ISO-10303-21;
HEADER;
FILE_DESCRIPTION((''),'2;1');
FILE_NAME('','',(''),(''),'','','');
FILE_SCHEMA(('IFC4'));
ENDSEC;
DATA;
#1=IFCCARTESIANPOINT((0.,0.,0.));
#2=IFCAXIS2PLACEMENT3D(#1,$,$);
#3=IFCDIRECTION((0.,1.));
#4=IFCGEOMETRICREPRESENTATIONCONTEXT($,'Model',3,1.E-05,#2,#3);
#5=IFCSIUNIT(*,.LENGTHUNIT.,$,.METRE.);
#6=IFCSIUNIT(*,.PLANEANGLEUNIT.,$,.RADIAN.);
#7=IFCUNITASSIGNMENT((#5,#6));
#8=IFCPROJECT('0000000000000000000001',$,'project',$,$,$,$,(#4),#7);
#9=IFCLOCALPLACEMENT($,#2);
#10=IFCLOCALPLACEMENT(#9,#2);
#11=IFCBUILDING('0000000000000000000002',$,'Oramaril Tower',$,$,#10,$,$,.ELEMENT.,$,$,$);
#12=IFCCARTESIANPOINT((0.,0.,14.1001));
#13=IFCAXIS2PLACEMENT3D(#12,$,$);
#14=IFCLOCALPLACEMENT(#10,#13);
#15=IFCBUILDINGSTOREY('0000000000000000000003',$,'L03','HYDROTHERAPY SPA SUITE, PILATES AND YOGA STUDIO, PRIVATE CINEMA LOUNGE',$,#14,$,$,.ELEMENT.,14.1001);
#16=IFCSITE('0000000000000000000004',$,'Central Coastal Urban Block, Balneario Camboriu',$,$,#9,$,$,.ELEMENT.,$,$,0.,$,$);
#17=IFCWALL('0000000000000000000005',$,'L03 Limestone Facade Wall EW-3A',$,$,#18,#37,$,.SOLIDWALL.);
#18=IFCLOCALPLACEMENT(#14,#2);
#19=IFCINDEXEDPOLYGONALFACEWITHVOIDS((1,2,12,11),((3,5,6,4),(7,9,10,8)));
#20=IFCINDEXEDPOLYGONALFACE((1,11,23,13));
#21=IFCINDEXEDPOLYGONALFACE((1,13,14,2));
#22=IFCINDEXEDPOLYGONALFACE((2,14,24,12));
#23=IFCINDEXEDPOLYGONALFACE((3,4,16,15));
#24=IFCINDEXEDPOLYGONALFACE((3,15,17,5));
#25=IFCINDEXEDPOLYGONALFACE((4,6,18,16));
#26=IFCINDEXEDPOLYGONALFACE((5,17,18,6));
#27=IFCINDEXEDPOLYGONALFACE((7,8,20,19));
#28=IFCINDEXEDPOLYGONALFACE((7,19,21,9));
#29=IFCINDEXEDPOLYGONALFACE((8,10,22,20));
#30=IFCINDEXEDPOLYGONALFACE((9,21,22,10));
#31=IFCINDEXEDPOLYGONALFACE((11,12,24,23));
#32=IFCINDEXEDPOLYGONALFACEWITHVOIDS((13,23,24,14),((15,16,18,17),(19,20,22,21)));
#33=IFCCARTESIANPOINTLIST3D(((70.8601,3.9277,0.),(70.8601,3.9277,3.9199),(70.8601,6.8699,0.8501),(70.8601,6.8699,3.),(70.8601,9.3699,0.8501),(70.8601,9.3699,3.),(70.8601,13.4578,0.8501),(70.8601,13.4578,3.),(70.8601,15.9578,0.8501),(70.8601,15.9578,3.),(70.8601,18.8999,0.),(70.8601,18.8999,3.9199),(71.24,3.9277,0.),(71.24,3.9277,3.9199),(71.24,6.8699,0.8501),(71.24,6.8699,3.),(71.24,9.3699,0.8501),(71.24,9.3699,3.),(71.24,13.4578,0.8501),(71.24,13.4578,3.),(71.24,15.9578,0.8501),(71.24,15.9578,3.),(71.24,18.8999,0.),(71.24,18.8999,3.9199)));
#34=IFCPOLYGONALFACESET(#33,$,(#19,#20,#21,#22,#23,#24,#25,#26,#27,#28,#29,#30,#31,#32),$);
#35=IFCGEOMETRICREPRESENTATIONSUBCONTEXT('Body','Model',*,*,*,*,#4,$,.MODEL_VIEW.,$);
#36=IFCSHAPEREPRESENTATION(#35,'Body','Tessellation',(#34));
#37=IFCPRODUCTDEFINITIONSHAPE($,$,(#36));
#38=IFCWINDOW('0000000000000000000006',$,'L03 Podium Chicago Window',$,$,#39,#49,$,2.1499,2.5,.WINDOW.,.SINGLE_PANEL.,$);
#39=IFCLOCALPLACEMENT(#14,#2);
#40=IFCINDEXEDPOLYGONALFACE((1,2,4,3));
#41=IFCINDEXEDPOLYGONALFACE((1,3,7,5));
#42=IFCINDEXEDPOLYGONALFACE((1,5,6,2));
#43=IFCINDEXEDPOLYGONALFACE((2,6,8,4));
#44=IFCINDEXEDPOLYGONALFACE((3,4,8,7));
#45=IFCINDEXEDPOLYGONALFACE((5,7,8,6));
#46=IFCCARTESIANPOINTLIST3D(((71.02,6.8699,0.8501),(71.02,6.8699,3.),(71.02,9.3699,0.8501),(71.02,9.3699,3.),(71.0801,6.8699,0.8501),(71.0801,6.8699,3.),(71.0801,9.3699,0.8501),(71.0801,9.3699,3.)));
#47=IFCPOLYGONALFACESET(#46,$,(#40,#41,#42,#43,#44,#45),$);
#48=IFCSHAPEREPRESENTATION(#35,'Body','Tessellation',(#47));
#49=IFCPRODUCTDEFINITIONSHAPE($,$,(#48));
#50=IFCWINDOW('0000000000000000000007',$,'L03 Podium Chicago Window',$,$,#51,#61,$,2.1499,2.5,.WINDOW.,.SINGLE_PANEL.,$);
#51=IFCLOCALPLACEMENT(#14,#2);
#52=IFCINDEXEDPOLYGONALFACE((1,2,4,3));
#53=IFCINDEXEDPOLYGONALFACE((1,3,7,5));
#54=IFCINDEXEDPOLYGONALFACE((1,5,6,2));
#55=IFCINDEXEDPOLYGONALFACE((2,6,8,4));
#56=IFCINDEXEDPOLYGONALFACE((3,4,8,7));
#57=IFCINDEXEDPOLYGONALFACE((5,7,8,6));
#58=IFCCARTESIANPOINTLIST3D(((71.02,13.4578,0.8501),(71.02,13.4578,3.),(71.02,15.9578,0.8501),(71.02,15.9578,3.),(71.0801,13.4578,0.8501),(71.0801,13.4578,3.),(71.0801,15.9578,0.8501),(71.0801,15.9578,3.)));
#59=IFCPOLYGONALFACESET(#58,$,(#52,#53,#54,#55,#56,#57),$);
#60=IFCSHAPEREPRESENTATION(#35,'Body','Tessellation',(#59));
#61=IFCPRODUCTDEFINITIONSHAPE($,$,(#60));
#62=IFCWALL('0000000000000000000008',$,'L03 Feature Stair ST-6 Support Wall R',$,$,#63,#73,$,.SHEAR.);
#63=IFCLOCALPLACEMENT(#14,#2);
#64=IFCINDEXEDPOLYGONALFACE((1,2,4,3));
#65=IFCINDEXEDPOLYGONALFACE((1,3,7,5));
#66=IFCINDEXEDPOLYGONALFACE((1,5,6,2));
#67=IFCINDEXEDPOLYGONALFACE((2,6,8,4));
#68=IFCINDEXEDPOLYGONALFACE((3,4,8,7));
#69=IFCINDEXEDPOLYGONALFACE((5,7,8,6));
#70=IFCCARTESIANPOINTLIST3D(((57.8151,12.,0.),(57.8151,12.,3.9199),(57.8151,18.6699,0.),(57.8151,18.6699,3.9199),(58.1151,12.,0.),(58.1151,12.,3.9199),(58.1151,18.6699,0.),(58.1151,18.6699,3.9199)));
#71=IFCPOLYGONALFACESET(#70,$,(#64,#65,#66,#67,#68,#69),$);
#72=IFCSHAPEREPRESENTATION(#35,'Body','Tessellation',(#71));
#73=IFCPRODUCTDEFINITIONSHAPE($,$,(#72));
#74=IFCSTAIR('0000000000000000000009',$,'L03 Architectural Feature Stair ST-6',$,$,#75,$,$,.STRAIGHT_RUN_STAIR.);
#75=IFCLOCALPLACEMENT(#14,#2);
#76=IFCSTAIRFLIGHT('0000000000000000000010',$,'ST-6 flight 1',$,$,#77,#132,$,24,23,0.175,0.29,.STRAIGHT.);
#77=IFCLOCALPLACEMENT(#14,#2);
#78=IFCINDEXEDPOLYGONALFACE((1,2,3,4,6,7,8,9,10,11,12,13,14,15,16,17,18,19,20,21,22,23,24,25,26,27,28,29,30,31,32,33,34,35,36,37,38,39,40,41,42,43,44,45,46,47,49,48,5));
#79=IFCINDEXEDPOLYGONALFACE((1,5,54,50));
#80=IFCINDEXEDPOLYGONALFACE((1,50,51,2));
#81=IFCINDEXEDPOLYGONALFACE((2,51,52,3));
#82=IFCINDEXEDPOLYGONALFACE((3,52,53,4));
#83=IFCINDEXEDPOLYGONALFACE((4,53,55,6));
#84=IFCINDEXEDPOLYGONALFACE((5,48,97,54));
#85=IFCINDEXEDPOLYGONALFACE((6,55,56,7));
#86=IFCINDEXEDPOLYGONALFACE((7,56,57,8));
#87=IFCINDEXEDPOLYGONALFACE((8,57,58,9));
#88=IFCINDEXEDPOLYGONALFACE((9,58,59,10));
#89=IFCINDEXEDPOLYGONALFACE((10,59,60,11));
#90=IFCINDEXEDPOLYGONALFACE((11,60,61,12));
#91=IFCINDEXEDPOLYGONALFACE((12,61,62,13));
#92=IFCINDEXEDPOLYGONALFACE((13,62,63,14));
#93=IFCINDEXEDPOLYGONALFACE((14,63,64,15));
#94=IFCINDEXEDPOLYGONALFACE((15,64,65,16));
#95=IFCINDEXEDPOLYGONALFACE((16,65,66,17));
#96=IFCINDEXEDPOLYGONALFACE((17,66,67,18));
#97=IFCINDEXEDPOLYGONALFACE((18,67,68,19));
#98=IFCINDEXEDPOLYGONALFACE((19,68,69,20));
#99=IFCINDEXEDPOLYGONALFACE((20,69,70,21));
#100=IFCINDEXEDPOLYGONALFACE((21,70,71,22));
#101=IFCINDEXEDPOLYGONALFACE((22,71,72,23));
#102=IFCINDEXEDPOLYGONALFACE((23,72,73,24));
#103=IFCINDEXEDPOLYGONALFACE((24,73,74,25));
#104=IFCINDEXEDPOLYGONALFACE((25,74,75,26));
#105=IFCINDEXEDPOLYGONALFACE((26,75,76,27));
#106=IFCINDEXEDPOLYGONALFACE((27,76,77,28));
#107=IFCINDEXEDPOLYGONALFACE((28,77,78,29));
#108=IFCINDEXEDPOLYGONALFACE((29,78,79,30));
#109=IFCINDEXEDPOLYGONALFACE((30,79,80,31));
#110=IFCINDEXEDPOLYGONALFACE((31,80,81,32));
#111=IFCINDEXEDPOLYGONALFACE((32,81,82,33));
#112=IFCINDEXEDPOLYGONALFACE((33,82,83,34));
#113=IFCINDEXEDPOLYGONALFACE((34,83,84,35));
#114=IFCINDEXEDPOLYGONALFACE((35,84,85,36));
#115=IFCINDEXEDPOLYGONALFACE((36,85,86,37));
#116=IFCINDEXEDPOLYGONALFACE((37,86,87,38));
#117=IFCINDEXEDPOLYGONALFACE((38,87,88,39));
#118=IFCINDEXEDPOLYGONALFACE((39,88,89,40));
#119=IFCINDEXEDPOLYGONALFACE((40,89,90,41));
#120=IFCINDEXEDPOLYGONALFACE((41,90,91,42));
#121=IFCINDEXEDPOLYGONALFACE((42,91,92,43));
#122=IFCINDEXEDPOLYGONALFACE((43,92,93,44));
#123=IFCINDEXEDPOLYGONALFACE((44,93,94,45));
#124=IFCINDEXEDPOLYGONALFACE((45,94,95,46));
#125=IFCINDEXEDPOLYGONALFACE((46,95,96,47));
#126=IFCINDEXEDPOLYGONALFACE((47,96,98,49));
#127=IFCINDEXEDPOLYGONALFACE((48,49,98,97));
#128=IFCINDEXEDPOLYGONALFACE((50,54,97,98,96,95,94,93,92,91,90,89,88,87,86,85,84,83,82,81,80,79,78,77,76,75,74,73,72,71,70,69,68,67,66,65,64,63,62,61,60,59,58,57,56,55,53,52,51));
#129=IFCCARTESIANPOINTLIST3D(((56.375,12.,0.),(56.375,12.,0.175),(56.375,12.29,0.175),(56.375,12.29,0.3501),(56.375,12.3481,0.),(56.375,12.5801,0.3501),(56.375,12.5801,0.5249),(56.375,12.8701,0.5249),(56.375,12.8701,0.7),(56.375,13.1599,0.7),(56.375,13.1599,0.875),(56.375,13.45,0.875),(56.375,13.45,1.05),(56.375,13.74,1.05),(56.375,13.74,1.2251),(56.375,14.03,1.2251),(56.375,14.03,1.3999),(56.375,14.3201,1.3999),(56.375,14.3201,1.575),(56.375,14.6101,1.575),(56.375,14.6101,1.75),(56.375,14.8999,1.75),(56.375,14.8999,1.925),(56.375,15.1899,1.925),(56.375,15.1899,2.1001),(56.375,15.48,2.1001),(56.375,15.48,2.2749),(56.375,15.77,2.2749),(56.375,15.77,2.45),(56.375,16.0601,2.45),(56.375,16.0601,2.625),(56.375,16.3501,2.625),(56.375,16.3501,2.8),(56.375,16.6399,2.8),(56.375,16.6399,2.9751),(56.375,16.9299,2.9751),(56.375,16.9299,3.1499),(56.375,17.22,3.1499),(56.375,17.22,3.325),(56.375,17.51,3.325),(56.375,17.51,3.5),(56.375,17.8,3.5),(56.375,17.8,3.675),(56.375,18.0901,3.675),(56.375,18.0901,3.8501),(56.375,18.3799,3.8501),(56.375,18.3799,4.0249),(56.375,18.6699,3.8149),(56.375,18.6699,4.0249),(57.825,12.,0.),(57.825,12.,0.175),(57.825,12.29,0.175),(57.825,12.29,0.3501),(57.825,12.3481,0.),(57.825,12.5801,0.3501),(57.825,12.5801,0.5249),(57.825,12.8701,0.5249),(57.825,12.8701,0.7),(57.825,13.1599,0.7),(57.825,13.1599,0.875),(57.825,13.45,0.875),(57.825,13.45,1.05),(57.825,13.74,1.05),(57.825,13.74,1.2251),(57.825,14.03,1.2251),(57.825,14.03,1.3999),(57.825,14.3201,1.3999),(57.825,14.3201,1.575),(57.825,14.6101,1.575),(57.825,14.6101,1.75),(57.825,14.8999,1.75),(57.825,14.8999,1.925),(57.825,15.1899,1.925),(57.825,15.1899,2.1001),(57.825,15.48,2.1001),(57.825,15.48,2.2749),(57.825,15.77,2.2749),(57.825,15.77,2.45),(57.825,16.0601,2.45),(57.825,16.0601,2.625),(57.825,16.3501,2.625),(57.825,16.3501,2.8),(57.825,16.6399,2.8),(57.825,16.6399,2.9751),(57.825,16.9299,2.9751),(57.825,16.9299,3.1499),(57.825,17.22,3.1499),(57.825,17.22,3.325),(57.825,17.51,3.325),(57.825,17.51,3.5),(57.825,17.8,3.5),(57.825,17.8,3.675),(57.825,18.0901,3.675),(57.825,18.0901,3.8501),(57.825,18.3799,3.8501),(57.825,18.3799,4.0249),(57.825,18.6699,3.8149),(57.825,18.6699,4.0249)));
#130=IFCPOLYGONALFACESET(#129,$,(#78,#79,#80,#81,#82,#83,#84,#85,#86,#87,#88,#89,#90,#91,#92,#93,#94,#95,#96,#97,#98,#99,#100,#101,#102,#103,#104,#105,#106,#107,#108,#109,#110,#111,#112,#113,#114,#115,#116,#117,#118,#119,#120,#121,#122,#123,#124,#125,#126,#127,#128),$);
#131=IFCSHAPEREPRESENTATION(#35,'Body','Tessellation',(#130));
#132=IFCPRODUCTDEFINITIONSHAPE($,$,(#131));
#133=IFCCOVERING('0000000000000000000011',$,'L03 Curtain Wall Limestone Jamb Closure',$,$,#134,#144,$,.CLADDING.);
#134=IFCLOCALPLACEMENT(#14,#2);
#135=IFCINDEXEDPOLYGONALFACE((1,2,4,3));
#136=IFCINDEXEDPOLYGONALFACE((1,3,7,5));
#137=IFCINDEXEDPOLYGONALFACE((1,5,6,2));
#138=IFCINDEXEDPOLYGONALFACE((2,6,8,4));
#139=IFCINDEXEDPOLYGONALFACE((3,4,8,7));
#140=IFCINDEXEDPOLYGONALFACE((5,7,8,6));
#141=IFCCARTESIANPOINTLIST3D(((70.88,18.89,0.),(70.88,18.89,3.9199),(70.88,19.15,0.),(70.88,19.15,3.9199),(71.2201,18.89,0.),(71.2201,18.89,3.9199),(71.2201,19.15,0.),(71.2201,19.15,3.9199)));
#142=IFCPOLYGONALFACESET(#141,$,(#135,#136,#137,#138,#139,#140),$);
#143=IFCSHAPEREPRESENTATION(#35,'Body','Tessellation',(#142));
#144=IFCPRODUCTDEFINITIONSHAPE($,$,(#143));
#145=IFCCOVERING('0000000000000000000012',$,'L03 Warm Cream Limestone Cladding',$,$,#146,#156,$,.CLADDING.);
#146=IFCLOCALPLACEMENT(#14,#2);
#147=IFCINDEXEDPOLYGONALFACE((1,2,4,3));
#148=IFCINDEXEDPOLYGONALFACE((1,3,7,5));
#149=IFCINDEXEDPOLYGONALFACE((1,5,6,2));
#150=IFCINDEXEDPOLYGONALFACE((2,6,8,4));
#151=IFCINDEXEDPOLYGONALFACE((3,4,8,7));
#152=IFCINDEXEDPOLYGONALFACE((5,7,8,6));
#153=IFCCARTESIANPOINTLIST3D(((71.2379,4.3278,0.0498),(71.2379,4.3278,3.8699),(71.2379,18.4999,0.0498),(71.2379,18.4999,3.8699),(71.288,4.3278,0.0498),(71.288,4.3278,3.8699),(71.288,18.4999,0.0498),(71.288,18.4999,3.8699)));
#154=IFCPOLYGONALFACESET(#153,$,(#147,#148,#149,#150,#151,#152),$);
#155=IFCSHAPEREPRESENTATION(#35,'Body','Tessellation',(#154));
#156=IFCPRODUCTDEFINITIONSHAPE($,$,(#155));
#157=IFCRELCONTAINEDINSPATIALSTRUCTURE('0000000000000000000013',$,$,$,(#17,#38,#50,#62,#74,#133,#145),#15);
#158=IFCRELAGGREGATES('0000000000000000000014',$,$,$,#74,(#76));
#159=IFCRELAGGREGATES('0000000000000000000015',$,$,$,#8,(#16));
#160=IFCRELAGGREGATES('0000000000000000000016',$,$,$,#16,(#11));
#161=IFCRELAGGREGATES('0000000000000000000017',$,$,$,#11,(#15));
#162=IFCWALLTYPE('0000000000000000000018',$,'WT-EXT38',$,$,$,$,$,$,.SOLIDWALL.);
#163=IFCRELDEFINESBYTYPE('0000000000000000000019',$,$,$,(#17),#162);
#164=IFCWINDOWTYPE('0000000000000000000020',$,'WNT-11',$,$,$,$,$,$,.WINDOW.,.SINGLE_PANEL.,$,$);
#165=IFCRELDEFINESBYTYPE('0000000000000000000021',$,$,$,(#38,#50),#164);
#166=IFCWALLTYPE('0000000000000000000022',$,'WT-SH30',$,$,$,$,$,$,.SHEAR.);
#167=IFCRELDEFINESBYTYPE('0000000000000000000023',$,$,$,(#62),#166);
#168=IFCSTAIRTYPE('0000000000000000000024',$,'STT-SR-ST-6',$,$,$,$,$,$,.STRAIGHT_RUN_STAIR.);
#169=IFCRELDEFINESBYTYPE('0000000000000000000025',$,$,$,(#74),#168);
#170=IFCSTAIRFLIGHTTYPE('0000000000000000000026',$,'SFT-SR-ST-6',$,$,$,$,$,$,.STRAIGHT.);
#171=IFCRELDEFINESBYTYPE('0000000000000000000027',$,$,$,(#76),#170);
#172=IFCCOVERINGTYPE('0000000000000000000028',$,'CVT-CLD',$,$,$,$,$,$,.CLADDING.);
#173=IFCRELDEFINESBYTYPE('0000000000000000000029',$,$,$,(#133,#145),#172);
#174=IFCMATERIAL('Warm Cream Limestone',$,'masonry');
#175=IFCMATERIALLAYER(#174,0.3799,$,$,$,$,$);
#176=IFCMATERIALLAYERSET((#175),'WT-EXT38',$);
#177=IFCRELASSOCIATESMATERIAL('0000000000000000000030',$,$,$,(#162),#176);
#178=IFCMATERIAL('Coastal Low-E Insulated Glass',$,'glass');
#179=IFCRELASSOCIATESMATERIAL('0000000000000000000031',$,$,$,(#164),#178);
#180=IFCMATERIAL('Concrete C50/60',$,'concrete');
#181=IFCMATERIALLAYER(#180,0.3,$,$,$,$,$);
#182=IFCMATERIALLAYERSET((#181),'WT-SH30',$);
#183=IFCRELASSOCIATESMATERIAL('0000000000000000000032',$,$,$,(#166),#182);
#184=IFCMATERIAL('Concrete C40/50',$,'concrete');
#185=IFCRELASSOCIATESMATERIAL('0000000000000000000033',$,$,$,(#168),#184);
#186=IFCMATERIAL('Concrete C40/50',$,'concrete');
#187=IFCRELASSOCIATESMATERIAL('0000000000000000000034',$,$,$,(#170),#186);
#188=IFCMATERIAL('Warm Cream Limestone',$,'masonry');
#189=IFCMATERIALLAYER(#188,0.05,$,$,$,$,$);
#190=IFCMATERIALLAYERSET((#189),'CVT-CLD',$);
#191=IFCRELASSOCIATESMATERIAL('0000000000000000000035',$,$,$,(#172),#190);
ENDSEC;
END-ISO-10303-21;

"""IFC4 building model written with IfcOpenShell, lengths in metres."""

from ifc_helpers import new_model, si_unit, direction, frame, frame_2d, origin, origin_2d, place, context, subcontext, project, spatial, polyline, rectangle, outline, extrude, material, layer, layer_set, type_object, element, fill, aggregate, save


model = new_model("IFC4")

# Units and contexts
model_context = context("Model", 3, precision=1e-05, world=origin(), true_north=direction((0.0, 1.0)))
body_context = subcontext(model_context, "Body", "Model", "MODEL_VIEW")
ifc_project = project(units=[si_unit("LENGTHUNIT", "METRE"), si_unit("PLANEANGLEUNIT", "RADIAN")], contexts=[model_context])

# Site, building, storey
site_placement = place(None, origin())
site = spatial("IfcSite", under=ifc_project, at=site_placement, Name="Central Coastal Urban Block, Balneario Camboriu", CompositionType="ELEMENT", RefElevation=0.0)
building_placement = place(site_placement, origin())
building = spatial("IfcBuilding", under=site, at=building_placement, Name="Oramaril Tower", CompositionType="ELEMENT")
storey_placement = place(building_placement, frame((0.0, 0.0, 14.1001)))
storey = spatial("IfcBuildingStorey", under=building, at=storey_placement, Name="L03", Description="HYDROTHERAPY SPA SUITE, PILATES AND YOGA STUDIO, PRIVATE CINEMA LOUNGE", CompositionType="ELEMENT", Elevation=14.1001)

# Shared definitions
ifc_material_1 = material(Name="Warm Cream Limestone", Category="masonry")
ifc_layer_1 = layer(ifc_material_1, 0.3799)
ifc_layer_set_1 = layer_set([ifc_layer_1], Name="WT-EXT38")
wall_type_1 = type_object("IfcWallType", Name="WT-EXT38", PredefinedType="SOLIDWALL", material=ifc_layer_set_1)

# Wall, openings, windows
wall_1_placement = place(storey_placement, frame((71.05, 3.9277, 0.0), z_axis=(0.0, 0.0, 1.0), x_axis=(0.0, 1.0, 0.0)))
wall_1 = element("IfcWall", 1, at=wall_1_placement, inside=storey, type_object=wall_type_1, Name="L03 Limestone Facade Wall EW-3A", PredefinedType="SOLIDWALL", context=body_context, shape_type="SweptSolid", body=[
    extrude(rectangle(XDim=14.9722, YDim=0.3799, at=frame_2d((7.4861, 0.0))), origin(), (0.0, 0.0, 1.0), 3.9199),
])
opening_1_placement = place(wall_1_placement, frame((2.9421, 0.0, 0.8501)))
opening_1 = element("IfcOpeningElement", 2, at=opening_1_placement, cuts=wall_1, PredefinedType="OPENING", context=body_context, shape_type="SweptSolid", body=[
    extrude(rectangle(XDim=2.5, YDim=2.1499, at=frame_2d((1.25, 1.075))), frame((0.0, 0.1899, 0.0), z_axis=(0.0, -1.0, 0.0), x_axis=(1.0, 0.0, 0.0)), (0.0, 0.0, 1.0), 0.3799),
])
opening_2_placement = place(wall_1_placement, frame((9.53, 0.0, 0.8501)))
opening_2 = element("IfcOpeningElement", 3, at=opening_2_placement, cuts=wall_1, PredefinedType="OPENING", context=body_context, shape_type="SweptSolid", body=[
    extrude(rectangle(XDim=2.5, YDim=2.1499, at=frame_2d((1.25, 1.075))), frame((0.0, 0.1899, 0.0), z_axis=(0.0, -1.0, 0.0), x_axis=(1.0, 0.0, 0.0)), (0.0, 0.0, 1.0), 0.3799),
])
ifc_material_2 = material(Name="Coastal Low-E Insulated Glass", Category="glass")
window_type = type_object("IfcWindowType", Name="WNT-11", PartitioningType="SINGLE_PANEL", PredefinedType="WINDOW", material=ifc_material_2)
window_1_placement = place(opening_1_placement, origin())
window_1 = element("IfcWindow", 4, at=window_1_placement, inside=storey, type_object=window_type, Name="L03 Podium Chicago Window", OverallHeight=2.1499, OverallWidth=2.5, PartitioningType="SINGLE_PANEL", PredefinedType="WINDOW", context=body_context, shape_type="SweptSolid", body=[
    extrude(rectangle(XDim=2.5, YDim=2.1499, at=frame_2d((1.25, 1.075))), frame((0.0, 0.03, 0.0), z_axis=(0.0, -1.0, 0.0), x_axis=(1.0, 0.0, 0.0)), (0.0, 0.0, 1.0), 0.0601),
])
fill(opening_1, window_1)
window_2_placement = place(opening_2_placement, origin())
window_2 = element("IfcWindow", 5, at=window_2_placement, inside=storey, type_object=window_type, Name="L03 Podium Chicago Window", OverallHeight=2.1499, OverallWidth=2.5, PartitioningType="SINGLE_PANEL", PredefinedType="WINDOW", context=body_context, shape_type="SweptSolid", body=[
    extrude(rectangle(XDim=2.5, YDim=2.1499, at=frame_2d((1.25, 1.075))), frame((0.0, 0.03, 0.0), z_axis=(0.0, -1.0, 0.0), x_axis=(1.0, 0.0, 0.0)), (0.0, 0.0, 1.0), 0.0601),
])
fill(opening_2, window_2)

# Wall
ifc_material_3 = material(Name="Concrete C50/60", Category="concrete")
ifc_layer_2 = layer(ifc_material_3, 0.3)
ifc_layer_set_2 = layer_set([ifc_layer_2], Name="WT-SH30")
wall_type_2 = type_object("IfcWallType", Name="WT-SH30", PredefinedType="SHEAR", material=ifc_layer_set_2)
wall_2_placement = place(storey_placement, frame((57.9651, 12.0, 0.0), z_axis=(0.0, 0.0, 1.0), x_axis=(0.0, 1.0, 0.0)))
element("IfcWall", 6, at=wall_2_placement, inside=storey, type_object=wall_type_2, Name="L03 Feature Stair ST-6 Support Wall R", PredefinedType="SHEAR", context=body_context, shape_type="SweptSolid", body=[
    extrude(rectangle(XDim=6.6699, YDim=0.3, at=frame_2d((3.335, 0.0))), origin(), (0.0, 0.0, 1.0), 3.9199),
])

# Stair, stair flight
ifc_material_4 = material(Name="Concrete C40/50", Category="concrete")
stair_type = type_object("IfcStairType", Name="STT-SR-ST-6", PredefinedType="STRAIGHT_RUN_STAIR", material=ifc_material_4)
stair_placement = place(storey_placement, origin())
stair = element("IfcStair", 7, at=stair_placement, inside=storey, type_object=stair_type, Name="L03 Architectural Feature Stair ST-6", PredefinedType="STRAIGHT_RUN_STAIR")
ifc_material_5 = material(Name="Concrete C40/50", Category="concrete")
stair_flight_type = type_object("IfcStairFlightType", Name="SFT-SR-ST-6", PredefinedType="STRAIGHT", material=ifc_material_5)
stair_flight_placement = place(storey_placement, frame((57.1001, 12.0, 0.0), z_axis=(0.0, 0.0, 1.0), x_axis=(0.0, 1.0, 0.0)))
stair_flight = element("IfcStairFlight", 8, at=stair_flight_placement, type_object=stair_flight_type, Name="ST-6 flight 1", NumberOfRisers=24, NumberOfTreads=23, PredefinedType="STRAIGHT", RiserHeight=0.175, TreadLength=0.29, context=body_context, shape_type="SweptSolid", body=[
    extrude(outline(polyline([(0.0, 0.0), (0.0, 0.175), (0.29, 0.175), (0.29, 0.3501), (0.5801, 0.3501), (0.5801, 0.5249), (0.8701, 0.5249), (0.8701, 0.7), (1.1599, 0.7), (1.1599, 0.875), (1.45, 0.875), (1.45, 1.05), (1.74, 1.05), (1.74, 1.2251), (2.03, 1.2251), (2.03, 1.3999), (2.3201, 1.3999), (2.3201, 1.575), (2.6101, 1.575), (2.6101, 1.75), (2.8999, 1.75), (2.8999, 1.925), (3.1899, 1.925), (3.1899, 2.1001), (3.48, 2.1001), (3.48, 2.2749), (3.77, 2.2749), (3.77, 2.45), (4.0601, 2.45), (4.0601, 2.625), (4.3501, 2.625), (4.3501, 2.8), (4.6399, 2.8), (4.6399, 2.9751), (4.9299, 2.9751), (4.9299, 3.1499), (5.22, 3.1499), (5.22, 3.325), (5.51, 3.325), (5.51, 3.5), (5.8, 3.5), (5.8, 3.675), (6.0901, 3.675), (6.0901, 3.8501), (6.3799, 3.8501), (6.3799, 4.0249), (6.6699, 4.0249), (6.6699, 4.2), (6.6699, 3.8149), (0.3481, 0.0), (0.0, 0.0)])), frame((0.0, 0.7251, 0.0), z_axis=(0.0, -1.0, 0.0), x_axis=(1.0, 0.0, 0.0)), (0.0, 0.0, 1.0), 1.45),
])
aggregate(stair, [stair_flight])

# Coverings
ifc_material_6 = material(Name="Warm Cream Limestone", Category="masonry")
ifc_layer_3 = layer(ifc_material_6, 0.05)
ifc_layer_set_3 = layer_set([ifc_layer_3], Name="CVT-CLD")
covering_type = type_object("IfcCoveringType", Name="CVT-CLD", PredefinedType="CLADDING", material=ifc_layer_set_3)
covering_1_placement = place(storey_placement, frame((71.05, 19.02, 0.0), z_axis=(0.0, 0.0, 1.0), x_axis=(0.0, 1.0, 0.0)))
element("IfcCovering", 9, at=covering_1_placement, inside=storey, type_object=covering_type, Name="L03 Curtain Wall Limestone Jamb Closure", PredefinedType="CLADDING", context=body_context, shape_type="SweptSolid", body=[
    extrude(rectangle(XDim=0.26, YDim=0.3401, at=origin_2d()), origin(), (0.0, 0.0, 1.0), 3.9199),
])
covering_2_placement = place(storey_placement, frame((71.2629, 11.4138, 0.0498), z_axis=(0.0, 0.0, 1.0), x_axis=(0.0, 1.0, 0.0)))
element("IfcCovering", 10, at=covering_2_placement, inside=storey, type_object=covering_type, Name="L03 Warm Cream Limestone Cladding", PredefinedType="CLADDING", context=body_context, shape_type="SweptSolid", body=[
    extrude(rectangle(XDim=14.1721, YDim=0.05, at=origin_2d()), origin(), (0.0, 0.0, 1.0), 3.8201),
])

save(model, "model.ifc")
